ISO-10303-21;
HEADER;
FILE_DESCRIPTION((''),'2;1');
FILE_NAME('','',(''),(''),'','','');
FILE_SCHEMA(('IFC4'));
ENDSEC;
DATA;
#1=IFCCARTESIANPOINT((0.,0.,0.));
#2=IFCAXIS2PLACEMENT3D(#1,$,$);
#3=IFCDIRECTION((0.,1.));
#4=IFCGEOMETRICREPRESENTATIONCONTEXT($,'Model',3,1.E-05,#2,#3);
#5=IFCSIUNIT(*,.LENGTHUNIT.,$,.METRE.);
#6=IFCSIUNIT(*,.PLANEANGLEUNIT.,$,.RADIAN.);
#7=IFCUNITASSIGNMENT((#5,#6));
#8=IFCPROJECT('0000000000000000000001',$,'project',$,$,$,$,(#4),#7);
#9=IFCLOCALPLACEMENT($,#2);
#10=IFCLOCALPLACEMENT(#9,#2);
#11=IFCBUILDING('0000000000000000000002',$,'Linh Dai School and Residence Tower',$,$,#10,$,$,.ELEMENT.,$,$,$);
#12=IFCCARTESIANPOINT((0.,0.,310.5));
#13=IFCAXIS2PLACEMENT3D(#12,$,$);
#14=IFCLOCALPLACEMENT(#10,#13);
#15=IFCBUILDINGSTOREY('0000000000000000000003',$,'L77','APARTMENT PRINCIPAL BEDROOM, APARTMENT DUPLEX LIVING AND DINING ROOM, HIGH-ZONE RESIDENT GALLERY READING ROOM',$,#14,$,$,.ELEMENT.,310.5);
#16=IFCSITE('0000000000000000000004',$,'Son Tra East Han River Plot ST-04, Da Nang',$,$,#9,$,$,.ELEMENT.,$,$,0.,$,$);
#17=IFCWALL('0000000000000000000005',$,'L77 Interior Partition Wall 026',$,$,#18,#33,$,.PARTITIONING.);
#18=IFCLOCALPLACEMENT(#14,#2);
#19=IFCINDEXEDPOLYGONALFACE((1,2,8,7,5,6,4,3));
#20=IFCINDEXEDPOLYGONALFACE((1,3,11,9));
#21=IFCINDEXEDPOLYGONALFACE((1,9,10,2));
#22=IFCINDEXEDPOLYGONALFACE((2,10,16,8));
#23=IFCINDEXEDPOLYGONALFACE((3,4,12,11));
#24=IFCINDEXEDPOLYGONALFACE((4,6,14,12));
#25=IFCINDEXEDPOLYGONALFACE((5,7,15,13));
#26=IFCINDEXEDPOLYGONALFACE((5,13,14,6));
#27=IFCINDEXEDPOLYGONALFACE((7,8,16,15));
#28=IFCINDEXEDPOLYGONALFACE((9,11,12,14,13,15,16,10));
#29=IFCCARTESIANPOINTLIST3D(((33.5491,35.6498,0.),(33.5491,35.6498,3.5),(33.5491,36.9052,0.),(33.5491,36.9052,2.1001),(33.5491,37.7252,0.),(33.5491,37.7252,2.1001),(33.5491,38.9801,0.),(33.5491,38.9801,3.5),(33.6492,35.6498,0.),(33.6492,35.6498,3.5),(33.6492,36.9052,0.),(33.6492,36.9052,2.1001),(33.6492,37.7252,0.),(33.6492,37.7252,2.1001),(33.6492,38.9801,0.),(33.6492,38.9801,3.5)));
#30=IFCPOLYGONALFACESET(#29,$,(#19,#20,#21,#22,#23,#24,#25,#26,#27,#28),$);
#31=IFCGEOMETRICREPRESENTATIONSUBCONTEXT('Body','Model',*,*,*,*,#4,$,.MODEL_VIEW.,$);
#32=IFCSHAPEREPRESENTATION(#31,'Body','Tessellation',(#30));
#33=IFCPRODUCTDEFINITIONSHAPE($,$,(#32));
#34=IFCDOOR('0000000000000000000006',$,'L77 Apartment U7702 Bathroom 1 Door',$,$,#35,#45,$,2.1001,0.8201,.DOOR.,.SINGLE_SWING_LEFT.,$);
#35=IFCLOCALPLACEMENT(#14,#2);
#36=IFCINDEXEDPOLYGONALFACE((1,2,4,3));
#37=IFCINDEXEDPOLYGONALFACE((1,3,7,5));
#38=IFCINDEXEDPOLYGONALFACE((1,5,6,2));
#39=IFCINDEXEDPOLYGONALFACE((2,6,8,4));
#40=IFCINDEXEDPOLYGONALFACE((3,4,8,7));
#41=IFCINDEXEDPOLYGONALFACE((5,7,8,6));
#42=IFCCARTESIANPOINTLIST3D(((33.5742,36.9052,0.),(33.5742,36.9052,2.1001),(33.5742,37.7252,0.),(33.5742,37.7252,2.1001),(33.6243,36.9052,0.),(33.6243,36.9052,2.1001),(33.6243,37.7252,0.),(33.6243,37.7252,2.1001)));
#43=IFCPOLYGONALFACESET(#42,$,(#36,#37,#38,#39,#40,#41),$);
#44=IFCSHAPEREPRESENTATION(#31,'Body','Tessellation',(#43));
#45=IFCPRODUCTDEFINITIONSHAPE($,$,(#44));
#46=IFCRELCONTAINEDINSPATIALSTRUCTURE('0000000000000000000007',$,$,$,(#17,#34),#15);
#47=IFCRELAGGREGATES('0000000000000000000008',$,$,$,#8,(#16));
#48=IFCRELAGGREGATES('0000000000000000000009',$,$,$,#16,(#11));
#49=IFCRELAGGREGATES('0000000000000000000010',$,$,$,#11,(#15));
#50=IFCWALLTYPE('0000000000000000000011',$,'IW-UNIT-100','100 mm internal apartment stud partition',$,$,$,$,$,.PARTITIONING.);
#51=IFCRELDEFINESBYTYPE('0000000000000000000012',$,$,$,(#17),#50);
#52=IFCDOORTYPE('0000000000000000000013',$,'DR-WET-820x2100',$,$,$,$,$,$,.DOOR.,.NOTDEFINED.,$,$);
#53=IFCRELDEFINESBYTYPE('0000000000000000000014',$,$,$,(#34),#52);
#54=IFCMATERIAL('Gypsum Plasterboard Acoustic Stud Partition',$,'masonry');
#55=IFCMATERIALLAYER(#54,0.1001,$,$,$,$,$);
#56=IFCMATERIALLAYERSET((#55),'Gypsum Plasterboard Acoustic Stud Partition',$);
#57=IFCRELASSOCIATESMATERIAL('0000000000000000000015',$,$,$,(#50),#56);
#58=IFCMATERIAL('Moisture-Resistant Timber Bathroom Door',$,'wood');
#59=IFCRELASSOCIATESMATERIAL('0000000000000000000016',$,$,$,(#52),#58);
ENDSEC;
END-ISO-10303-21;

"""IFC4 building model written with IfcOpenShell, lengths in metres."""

from ifc_helpers import new_model, si_unit, direction, frame, frame_2d, origin, origin_2d, place, context, subcontext, project, spatial, rectangle, extrude, source, transform, mapped, material, layer, layer_set, type_object, element, fill, save


model = new_model("IFC4")

# Units and contexts
model_context = context("Model", 3, precision=1e-05, world=origin(), true_north=direction((0.0, 1.0)))
body_context = subcontext(model_context, "Body", "Model", "MODEL_VIEW")
ifc_project = project(units=[si_unit("LENGTHUNIT", "METRE"), si_unit("PLANEANGLEUNIT", "RADIAN")], contexts=[model_context])

# Site, building, storey
site_placement = place(None, origin())
site = spatial("IfcSite", under=ifc_project, at=site_placement, Name="Son Tra East Han River Plot ST-04, Da Nang", CompositionType="ELEMENT", RefElevation=0.0)
building_placement = place(site_placement, origin())
building = spatial("IfcBuilding", under=site, at=building_placement, Name="Linh Dai School and Residence Tower", CompositionType="ELEMENT")
storey_placement = place(building_placement, frame((0.0, 0.0, 310.5)))
storey = spatial("IfcBuildingStorey", under=building, at=storey_placement, Name="L77", Description="APARTMENT PRINCIPAL BEDROOM, APARTMENT DUPLEX LIVING AND DINING ROOM, HIGH-ZONE RESIDENT GALLERY READING ROOM", CompositionType="ELEMENT", Elevation=310.5)

# Shared definitions
ifc_material_1 = material(Name="Gypsum Plasterboard Acoustic Stud Partition", Category="masonry")
ifc_layer_1 = layer(ifc_material_1, 0.1001)
ifc_layer_set_1 = layer_set([ifc_layer_1], Name="Gypsum Plasterboard Acoustic Stud Partition")
wall_type_1 = type_object("IfcWallType", Name="IW-UNIT-100", Description="100 mm internal apartment stud partition", PredefinedType="PARTITIONING", material=ifc_layer_set_1)

# Wall, opening, door
wall_1_placement = place(storey_placement, frame((33.5991, 35.6499, 0.0), z_axis=(0.0, 0.0, 1.0), x_axis=(0.0, 1.0, 0.0)))
wall_1 = element("IfcWall", 1, at=wall_1_placement, inside=storey, type_object=wall_type_1, Name="L77 Interior Partition Wall 026", PredefinedType="PARTITIONING", context=body_context, shape_type="SweptSolid", body=[
    extrude(rectangle(XDim=3.3303, YDim=0.1001, at=frame_2d((1.665, 0.0))), origin(), (0.0, 0.0, 1.0), 3.5),
])
opening_1_placement = place(wall_1_placement, frame((1.2551, 0.0, 0.0)))
opening_1 = element("IfcOpeningElement", 2, at=opening_1_placement, cuts=wall_1, PredefinedType="OPENING", context=body_context, shape_type="SweptSolid", body=[
    extrude(rectangle(XDim=0.8201, YDim=2.1001, at=origin_2d()), frame((0.4102, 0.0601, 1.05), z_axis=(0.0, -1.0, 0.0), x_axis=(1.0, 0.0, 0.0)), (0.0, 0.0, 1.0), 0.1201),
])
ifc_material_2 = material(Name="Moisture-Resistant Timber Bathroom Door", Category="wood")
door_type_1 = type_object("IfcDoorType", Name="DR-WET-820x2100", OperationType="NOTDEFINED", PredefinedType="DOOR", material=ifc_material_2)
shared_shape_1 = source(origin(), body_context, "Body", "SweptSolid", [
    extrude(rectangle(XDim=0.8201, YDim=2.1001, at=origin_2d()), frame((0.4102, 0.0249, 1.05), z_axis=(0.0, -1.0, 0.0), x_axis=(1.0, 0.0, 0.0)), (0.0, 0.0, 1.0), 0.05),
])
door_1_placement = place(opening_1_placement, origin())
door_1 = element("IfcDoor", 3, at=door_1_placement, inside=storey, type_object=door_type_1, Name="L77 Apartment U7702 Bathroom 1 Door", OperationType="SINGLE_SWING_LEFT", OverallHeight=2.1001, OverallWidth=0.8201, PredefinedType="DOOR", context=body_context, shape_type="MappedRepresentation", body=[
    mapped(shared_shape_1, transform((0.0, 0.0, 0.0), x_axis=(1.0, 0.0, 0.0), y_axis=(0.0, 1.0, 0.0), z_axis=(0.0, 0.0, 1.0), scale=1.0)),
])
fill(opening_1, door_1)

save(model, "model.ifc")
